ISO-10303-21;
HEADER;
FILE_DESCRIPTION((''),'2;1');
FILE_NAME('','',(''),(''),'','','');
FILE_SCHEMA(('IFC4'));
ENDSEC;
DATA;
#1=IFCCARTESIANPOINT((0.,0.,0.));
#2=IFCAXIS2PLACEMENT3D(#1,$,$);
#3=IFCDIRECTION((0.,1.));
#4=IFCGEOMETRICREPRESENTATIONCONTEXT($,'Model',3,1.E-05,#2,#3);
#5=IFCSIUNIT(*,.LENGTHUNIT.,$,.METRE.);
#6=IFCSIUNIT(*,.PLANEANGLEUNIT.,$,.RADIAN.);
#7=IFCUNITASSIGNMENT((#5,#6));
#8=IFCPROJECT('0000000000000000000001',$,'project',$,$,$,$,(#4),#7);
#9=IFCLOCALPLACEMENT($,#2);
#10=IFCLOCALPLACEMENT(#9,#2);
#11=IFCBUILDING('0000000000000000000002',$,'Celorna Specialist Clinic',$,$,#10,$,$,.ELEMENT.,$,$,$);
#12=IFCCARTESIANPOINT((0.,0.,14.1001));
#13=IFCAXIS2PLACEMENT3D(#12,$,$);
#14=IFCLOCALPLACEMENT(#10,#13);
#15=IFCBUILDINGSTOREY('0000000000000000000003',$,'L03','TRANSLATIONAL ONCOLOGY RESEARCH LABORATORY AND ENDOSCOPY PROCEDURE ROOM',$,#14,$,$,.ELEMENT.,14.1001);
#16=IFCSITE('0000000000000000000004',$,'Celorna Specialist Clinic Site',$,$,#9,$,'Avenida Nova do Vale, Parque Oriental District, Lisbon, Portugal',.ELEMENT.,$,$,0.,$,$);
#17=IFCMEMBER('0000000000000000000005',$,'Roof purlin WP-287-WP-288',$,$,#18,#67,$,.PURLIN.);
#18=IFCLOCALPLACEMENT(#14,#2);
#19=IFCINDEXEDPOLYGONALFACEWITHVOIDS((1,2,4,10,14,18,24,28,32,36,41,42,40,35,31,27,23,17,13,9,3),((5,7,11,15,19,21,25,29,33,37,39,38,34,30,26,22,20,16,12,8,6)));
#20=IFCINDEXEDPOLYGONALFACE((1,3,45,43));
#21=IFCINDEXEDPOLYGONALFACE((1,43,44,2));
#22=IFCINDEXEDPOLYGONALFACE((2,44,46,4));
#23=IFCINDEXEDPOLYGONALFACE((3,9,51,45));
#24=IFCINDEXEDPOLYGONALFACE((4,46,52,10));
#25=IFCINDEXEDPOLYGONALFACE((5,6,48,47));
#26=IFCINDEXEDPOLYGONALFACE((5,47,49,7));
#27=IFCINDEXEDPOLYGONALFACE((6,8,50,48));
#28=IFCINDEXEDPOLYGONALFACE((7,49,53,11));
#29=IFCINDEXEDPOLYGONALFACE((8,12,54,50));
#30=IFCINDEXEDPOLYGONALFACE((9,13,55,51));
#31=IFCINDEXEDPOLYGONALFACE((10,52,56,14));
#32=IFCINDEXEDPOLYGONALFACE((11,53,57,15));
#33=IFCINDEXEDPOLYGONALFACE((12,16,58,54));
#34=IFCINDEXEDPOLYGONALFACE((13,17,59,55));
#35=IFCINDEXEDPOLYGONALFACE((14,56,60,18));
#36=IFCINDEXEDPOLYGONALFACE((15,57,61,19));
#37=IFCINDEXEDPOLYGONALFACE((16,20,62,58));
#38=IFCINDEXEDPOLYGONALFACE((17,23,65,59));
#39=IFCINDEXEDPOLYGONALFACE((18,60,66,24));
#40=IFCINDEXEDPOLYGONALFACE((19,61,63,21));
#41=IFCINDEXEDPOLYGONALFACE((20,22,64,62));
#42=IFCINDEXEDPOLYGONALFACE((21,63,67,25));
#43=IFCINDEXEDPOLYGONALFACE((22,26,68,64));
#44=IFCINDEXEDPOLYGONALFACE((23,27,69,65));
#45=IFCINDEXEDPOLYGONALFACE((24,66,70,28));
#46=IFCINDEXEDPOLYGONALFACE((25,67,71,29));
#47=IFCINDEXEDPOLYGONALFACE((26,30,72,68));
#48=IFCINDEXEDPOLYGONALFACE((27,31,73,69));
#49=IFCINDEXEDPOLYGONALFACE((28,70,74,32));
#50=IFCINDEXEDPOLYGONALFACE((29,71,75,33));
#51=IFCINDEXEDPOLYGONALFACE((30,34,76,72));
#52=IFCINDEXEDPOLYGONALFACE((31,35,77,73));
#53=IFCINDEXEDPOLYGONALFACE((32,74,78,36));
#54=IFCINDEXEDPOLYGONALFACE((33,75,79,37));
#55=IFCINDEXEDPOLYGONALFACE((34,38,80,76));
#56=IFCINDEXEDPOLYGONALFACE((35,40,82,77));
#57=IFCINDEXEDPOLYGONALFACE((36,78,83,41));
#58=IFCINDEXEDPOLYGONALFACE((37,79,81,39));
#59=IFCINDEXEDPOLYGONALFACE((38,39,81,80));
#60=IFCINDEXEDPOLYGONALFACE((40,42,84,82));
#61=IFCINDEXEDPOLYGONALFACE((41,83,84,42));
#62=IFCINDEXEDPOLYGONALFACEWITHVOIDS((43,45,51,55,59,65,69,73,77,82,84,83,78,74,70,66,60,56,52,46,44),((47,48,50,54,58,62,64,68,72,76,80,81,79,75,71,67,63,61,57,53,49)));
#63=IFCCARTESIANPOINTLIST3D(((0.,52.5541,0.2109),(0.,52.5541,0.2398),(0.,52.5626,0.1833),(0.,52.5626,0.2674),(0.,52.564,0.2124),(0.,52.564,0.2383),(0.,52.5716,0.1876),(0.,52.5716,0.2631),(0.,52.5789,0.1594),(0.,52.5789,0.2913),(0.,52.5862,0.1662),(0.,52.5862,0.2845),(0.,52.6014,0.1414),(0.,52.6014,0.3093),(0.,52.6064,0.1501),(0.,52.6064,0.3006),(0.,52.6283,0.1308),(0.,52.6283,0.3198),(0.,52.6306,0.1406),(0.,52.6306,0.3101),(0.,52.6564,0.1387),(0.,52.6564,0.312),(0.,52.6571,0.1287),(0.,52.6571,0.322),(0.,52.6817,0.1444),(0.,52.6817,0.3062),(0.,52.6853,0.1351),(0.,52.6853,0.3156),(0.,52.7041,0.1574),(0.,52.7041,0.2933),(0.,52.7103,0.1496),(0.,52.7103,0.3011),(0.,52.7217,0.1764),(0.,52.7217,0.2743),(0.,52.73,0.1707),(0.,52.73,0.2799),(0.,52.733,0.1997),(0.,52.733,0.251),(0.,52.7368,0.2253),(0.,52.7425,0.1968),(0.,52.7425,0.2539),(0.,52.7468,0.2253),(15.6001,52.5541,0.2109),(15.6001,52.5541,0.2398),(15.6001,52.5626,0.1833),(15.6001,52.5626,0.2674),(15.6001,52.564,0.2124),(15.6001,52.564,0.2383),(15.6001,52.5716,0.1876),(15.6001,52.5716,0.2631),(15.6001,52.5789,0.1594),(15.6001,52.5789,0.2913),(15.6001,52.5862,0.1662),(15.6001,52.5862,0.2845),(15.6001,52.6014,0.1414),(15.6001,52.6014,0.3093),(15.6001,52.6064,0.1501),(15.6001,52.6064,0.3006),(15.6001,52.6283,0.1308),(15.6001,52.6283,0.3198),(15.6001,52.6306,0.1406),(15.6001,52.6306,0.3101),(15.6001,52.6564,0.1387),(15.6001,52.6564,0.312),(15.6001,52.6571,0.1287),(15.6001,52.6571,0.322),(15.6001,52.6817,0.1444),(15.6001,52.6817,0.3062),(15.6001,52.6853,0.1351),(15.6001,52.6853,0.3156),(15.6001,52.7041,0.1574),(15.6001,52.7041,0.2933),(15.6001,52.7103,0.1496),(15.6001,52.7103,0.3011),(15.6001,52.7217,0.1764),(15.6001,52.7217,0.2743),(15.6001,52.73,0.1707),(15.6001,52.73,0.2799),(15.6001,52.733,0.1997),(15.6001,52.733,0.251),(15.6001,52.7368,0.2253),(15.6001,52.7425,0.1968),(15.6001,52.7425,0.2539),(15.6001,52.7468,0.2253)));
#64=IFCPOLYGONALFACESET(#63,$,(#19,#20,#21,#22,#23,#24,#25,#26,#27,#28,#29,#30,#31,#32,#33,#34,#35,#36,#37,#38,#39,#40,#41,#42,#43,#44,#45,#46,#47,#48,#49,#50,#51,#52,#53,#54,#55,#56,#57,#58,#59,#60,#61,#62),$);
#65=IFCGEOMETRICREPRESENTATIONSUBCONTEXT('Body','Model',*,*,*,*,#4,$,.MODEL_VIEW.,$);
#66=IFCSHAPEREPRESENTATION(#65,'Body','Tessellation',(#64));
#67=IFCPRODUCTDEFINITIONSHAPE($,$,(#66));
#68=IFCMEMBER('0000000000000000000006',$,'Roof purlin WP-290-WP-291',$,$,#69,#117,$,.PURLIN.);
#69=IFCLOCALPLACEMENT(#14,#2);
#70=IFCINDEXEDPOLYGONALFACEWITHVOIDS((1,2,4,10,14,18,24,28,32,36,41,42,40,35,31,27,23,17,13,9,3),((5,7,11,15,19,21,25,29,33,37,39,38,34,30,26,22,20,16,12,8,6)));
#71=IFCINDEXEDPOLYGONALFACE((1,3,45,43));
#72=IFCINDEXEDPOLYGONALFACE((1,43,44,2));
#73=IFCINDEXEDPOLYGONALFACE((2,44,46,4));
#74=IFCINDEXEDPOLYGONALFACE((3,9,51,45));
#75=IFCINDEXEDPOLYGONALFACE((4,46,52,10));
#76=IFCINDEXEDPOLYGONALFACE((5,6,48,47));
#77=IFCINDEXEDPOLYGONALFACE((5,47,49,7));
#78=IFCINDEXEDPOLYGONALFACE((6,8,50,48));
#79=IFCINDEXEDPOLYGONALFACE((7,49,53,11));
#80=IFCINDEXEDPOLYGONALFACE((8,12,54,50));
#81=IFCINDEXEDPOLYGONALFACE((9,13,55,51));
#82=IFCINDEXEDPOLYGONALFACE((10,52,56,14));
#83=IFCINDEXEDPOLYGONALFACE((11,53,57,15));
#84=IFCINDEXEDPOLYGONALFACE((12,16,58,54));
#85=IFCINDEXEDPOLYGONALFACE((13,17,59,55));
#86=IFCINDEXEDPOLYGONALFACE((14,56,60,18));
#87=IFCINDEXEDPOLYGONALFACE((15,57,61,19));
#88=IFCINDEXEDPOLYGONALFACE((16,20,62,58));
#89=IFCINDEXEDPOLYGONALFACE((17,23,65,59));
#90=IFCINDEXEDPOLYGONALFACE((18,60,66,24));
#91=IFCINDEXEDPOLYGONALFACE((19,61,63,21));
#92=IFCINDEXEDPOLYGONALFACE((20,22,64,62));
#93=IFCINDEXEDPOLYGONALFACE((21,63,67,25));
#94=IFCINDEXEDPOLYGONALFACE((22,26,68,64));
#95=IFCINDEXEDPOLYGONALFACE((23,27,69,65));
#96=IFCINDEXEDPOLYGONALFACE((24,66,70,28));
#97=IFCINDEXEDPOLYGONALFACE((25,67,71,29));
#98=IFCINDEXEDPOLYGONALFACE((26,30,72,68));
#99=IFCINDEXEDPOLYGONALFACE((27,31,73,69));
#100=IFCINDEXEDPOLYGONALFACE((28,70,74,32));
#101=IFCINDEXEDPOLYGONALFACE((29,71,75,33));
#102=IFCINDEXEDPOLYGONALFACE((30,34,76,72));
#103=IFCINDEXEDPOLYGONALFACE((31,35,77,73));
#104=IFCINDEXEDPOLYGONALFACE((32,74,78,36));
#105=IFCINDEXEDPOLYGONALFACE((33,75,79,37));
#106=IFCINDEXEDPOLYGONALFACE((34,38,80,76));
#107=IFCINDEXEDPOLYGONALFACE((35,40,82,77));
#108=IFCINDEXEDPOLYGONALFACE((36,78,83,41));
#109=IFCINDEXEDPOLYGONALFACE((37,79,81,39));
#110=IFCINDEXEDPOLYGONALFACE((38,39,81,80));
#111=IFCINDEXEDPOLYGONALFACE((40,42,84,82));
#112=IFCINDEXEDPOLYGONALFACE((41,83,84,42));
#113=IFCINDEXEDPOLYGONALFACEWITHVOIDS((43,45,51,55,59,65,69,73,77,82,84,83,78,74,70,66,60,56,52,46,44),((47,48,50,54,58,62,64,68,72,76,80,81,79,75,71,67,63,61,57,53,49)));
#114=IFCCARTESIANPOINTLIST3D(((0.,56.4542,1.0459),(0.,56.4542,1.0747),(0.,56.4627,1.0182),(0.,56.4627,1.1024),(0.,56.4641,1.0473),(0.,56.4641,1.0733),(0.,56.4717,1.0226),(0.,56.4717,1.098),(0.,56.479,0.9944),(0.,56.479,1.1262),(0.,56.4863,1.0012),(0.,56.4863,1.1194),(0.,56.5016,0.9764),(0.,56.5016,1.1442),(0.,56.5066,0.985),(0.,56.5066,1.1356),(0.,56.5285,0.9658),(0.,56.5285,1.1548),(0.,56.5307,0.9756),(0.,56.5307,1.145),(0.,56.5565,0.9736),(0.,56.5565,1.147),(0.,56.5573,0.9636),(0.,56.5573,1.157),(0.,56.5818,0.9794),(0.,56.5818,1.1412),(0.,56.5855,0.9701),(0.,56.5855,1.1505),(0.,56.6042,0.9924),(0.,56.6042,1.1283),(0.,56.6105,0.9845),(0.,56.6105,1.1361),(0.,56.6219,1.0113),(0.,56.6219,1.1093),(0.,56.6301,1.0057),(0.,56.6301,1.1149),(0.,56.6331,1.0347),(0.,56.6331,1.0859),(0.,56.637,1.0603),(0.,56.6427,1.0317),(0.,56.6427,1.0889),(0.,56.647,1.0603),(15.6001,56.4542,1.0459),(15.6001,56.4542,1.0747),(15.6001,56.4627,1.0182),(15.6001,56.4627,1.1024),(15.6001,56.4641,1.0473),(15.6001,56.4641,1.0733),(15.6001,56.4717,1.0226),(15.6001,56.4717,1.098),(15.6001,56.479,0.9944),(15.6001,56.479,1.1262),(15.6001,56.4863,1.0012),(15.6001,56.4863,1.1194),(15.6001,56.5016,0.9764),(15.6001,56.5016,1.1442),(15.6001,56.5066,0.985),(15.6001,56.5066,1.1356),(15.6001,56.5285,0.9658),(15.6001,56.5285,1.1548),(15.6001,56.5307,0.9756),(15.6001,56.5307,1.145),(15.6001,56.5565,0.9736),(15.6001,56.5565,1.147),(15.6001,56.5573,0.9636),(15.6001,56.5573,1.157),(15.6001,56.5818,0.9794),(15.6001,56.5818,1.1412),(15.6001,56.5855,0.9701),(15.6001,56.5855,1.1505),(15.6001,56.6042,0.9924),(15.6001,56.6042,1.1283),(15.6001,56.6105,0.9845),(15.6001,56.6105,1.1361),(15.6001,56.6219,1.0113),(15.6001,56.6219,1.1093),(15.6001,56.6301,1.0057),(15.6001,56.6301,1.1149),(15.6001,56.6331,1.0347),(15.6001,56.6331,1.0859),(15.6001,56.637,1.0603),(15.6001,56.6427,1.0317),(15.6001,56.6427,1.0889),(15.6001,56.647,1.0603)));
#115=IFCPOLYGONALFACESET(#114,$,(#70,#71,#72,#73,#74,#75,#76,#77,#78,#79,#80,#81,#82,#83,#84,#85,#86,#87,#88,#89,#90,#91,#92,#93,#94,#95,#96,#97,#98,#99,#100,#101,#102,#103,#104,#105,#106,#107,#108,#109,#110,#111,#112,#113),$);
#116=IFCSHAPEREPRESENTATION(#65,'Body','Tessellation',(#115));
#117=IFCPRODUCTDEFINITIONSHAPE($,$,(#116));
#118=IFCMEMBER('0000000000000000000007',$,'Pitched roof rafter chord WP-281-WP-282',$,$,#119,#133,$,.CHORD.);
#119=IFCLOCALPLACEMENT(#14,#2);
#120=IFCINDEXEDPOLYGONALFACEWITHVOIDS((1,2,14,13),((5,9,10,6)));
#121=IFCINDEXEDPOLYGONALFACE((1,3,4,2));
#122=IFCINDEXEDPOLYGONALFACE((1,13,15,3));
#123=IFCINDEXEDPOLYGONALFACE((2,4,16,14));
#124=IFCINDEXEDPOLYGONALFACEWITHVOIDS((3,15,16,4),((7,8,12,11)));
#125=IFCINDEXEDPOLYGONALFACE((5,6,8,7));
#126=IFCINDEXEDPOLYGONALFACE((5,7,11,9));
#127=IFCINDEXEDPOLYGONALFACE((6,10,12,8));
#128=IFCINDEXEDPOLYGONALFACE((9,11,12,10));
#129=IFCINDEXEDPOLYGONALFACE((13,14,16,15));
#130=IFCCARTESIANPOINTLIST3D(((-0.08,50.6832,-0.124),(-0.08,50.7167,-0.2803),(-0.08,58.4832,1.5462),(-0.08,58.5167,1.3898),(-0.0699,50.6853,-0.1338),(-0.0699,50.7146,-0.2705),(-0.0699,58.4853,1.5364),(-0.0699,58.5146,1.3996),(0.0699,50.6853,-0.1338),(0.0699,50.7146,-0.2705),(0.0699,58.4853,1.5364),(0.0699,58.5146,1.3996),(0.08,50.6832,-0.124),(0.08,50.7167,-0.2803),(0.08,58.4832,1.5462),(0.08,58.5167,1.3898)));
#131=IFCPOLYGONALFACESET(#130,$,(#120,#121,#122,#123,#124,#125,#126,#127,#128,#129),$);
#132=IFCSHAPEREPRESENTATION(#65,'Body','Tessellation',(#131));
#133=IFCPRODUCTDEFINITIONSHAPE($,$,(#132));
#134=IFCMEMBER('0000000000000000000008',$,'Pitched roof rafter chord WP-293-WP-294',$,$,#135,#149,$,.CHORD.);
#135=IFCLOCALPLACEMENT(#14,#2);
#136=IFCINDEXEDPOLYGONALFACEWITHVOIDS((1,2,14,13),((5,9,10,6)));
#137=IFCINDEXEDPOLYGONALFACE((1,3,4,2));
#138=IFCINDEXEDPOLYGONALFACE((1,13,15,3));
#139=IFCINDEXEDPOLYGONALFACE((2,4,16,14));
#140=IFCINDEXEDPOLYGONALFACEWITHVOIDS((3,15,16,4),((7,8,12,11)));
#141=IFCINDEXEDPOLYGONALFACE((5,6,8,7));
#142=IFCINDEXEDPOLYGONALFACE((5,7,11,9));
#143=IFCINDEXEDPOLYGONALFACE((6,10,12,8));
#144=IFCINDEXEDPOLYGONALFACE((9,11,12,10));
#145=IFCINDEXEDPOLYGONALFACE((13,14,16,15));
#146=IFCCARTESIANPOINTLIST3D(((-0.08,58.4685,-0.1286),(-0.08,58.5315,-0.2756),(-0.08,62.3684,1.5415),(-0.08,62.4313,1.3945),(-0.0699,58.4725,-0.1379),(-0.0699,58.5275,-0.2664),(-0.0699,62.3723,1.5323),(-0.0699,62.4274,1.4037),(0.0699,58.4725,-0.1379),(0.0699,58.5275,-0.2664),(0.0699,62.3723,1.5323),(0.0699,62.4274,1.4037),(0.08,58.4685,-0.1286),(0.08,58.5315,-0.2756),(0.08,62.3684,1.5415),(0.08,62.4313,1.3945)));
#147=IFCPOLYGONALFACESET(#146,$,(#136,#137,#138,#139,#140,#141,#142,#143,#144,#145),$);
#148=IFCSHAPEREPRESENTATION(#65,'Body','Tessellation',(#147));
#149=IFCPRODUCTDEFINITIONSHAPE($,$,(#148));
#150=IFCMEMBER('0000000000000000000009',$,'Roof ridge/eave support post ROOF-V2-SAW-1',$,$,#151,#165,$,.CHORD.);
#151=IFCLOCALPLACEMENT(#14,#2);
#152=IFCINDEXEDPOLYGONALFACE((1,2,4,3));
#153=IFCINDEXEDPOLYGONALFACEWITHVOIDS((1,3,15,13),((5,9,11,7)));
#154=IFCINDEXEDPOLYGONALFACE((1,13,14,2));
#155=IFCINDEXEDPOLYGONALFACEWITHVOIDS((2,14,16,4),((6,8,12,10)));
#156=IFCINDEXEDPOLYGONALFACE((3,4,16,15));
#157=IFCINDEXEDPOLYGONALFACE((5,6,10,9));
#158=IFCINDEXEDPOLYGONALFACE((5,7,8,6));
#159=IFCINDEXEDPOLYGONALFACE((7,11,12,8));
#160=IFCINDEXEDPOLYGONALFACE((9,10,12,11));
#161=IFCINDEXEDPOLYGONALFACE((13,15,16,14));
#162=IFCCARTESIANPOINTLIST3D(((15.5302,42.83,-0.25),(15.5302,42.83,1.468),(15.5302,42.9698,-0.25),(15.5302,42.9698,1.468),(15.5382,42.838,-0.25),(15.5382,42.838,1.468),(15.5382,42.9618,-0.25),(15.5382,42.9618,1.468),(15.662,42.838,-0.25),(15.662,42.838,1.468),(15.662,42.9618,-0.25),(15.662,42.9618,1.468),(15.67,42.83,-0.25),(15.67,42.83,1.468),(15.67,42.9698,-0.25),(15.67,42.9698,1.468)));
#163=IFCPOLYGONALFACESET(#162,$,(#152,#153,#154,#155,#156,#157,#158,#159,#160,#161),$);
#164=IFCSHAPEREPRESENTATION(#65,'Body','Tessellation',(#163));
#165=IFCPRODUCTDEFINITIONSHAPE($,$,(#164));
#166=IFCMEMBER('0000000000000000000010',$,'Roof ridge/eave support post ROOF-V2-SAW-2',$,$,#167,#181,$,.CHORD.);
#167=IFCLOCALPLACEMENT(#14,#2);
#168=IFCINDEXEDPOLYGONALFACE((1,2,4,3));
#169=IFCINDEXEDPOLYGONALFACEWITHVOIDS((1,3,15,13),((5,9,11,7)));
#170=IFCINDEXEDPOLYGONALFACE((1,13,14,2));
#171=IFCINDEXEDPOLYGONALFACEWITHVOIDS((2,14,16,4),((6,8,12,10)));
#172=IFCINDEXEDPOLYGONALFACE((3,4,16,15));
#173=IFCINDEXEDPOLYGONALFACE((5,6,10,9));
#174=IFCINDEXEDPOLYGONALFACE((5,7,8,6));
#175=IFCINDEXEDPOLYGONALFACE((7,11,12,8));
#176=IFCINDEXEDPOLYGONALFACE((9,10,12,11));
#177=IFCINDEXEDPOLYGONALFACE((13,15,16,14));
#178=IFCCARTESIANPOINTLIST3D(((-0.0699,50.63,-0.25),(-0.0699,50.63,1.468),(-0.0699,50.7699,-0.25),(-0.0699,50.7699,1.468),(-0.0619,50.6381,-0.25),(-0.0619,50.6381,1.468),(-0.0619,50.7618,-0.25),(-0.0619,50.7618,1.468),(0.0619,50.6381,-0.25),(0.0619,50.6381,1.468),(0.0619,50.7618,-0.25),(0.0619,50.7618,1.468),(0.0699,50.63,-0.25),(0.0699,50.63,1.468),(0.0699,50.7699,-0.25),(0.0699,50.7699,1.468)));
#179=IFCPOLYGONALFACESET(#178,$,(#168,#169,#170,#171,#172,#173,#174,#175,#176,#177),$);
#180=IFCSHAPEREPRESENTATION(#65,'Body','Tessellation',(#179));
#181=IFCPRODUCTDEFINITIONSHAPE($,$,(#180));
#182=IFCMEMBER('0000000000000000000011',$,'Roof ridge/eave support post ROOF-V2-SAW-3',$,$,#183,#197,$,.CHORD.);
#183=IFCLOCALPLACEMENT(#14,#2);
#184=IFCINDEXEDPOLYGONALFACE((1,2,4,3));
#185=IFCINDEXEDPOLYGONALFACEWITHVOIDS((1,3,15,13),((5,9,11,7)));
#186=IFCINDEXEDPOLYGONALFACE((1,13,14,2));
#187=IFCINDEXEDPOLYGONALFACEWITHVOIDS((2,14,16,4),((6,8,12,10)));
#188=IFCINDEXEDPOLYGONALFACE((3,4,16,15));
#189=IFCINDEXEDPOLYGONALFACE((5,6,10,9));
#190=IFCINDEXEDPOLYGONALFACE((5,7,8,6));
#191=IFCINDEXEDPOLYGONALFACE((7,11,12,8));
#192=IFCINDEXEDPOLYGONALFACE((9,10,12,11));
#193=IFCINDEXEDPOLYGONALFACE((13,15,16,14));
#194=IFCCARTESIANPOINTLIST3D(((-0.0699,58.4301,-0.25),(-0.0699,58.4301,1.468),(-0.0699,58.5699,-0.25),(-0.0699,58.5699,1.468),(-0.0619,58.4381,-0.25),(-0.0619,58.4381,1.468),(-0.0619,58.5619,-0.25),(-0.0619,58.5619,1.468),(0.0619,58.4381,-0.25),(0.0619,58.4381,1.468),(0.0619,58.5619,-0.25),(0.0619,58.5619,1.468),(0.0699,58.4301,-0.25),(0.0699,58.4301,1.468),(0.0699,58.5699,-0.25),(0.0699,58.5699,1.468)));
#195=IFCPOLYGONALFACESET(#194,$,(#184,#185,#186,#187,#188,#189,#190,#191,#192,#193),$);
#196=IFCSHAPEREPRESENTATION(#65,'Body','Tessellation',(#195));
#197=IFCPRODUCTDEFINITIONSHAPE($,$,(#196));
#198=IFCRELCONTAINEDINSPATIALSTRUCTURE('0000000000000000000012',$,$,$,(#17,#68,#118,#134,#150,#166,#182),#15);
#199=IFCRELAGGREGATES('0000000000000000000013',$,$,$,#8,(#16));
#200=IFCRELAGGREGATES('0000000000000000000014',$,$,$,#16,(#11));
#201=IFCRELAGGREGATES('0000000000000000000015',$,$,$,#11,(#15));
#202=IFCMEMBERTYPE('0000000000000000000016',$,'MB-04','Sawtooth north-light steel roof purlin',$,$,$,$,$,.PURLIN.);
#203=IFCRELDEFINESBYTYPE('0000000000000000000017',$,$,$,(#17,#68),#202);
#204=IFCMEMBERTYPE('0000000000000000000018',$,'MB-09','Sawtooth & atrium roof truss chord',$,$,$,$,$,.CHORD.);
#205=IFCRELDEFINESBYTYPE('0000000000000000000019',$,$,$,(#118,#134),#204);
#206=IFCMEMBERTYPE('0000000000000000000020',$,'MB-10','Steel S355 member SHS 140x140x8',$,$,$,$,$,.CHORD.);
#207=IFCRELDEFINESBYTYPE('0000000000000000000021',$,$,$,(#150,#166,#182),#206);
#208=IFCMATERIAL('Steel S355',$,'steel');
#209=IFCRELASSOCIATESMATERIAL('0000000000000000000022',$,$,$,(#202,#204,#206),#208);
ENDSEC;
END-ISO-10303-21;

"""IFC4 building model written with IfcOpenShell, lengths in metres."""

from ifc_helpers import new_model, si_unit, direction, frame, origin, origin_2d, place, context, subcontext, project, spatial, hollow_rectangle, hollow_circle, extrude, material, material_profile, profile_set, type_object, element, save


model = new_model("IFC4")

# Units and contexts
model_context = context("Model", 3, precision=1e-05, world=origin(), true_north=direction((0.0, 1.0)))
body_context = subcontext(model_context, "Body", "Model", "MODEL_VIEW")
ifc_project = project(units=[si_unit("LENGTHUNIT", "METRE"), si_unit("PLANEANGLEUNIT", "RADIAN")], contexts=[model_context])

# Site, building, storey
site_placement = place(None, origin())
site = spatial("IfcSite", under=ifc_project, at=site_placement, Name="Celorna Specialist Clinic Site", LongName="Avenida Nova do Vale, Parque Oriental District, Lisbon, Portugal", CompositionType="ELEMENT", RefElevation=0.0)
building_placement = place(site_placement, origin())
building = spatial("IfcBuilding", under=site, at=building_placement, Name="Celorna Specialist Clinic", CompositionType="ELEMENT")
storey_placement = place(building_placement, frame((0.0, 0.0, 14.1001)))
storey = spatial("IfcBuildingStorey", under=building, at=storey_placement, Name="L03", Description="TRANSLATIONAL ONCOLOGY RESEARCH LABORATORY AND ENDOSCOPY PROCEDURE ROOM", CompositionType="ELEMENT", Elevation=14.1001)

# Shared definitions
ifc_material_1 = material(Name="Steel S355", Category="steel")

# Members
ifc_material_profile_1 = material_profile(ifc_material_1, hollow_circle(Radius=0.0969, WallThickness=0.01, at=origin_2d()), Name="CHS 193.7x10")
ifc_profile_set_1 = profile_set([ifc_material_profile_1], Name="Steel S355")
member_type_1 = type_object("IfcMemberType", Name="MB-04", Description="Sawtooth north-light steel roof purlin", PredefinedType="PURLIN", material=ifc_profile_set_1)
for number, where, z_axis, x_axis, name in (
    (1, (0.0, 52.6499, 0.2253), (1.0, 0.0, 0.0), (0.0, 1.0, 0.0), "Roof purlin WP-287-WP-288"),
    (2, (0.0, 56.55, 1.0603), (1.0, 0.0, 0.0), (0.0, 1.0, 0.0), "Roof purlin WP-290-WP-291"),
):
    element("IfcMember", number, at=place(storey_placement, frame(where, z_axis=z_axis, x_axis=x_axis)), inside=storey, type_object=member_type_1, Name=name, PredefinedType="PURLIN", context=body_context, shape_type="SweptSolid", body=[
        extrude(hollow_circle(Radius=0.0969, WallThickness=0.01, at=origin_2d()), origin(), (0.0, 0.0, 1.0), 15.6001),
    ])
ifc_material_profile_2 = material_profile(ifc_material_1, hollow_rectangle(XDim=0.1599, YDim=0.1599, WallThickness=0.01, at=origin_2d()), Name="SHS 160x160x10")
ifc_profile_set_2 = profile_set([ifc_material_profile_2], Name="Steel S355")
member_type_2 = type_object("IfcMemberType", Name="MB-09", Description="Sawtooth & atrium roof truss chord", PredefinedType="CHORD", material=ifc_profile_set_2)
member_1_placement = place(storey_placement, frame((0.0, 50.7, -0.2021), z_axis=(0.0, 0.977835, 0.209377), x_axis=(-1.0, 0.0, 0.0)))
element("IfcMember", 3, at=member_1_placement, inside=storey, type_object=member_type_2, Name="Pitched roof rafter chord WP-281-WP-282", PredefinedType="CHORD", context=body_context, shape_type="SweptSolid", body=[
    extrude(hollow_rectangle(XDim=0.1599, YDim=0.1599, WallThickness=0.01, at=origin_2d()), origin(), (0.0, 0.0, 1.0), 7.9768),
])
member_2_placement = place(storey_placement, frame((0.0, 58.5, -0.2021), z_axis=(0.0, 0.919249, 0.393676), x_axis=(-1.0, 0.0, 0.0)))
element("IfcMember", 4, at=member_2_placement, inside=storey, type_object=member_type_2, Name="Pitched roof rafter chord WP-293-WP-294", PredefinedType="CHORD", context=body_context, shape_type="SweptSolid", body=[
    extrude(hollow_rectangle(XDim=0.1599, YDim=0.1599, WallThickness=0.01, at=origin_2d()), origin(), (0.0, 0.0, 1.0), 4.2424),
])
ifc_material_profile_3 = material_profile(ifc_material_1, hollow_rectangle(XDim=0.1399, YDim=0.1399, WallThickness=0.0081, at=origin_2d()), Name="SHS 140x140x8")
ifc_profile_set_3 = profile_set([ifc_material_profile_3], Name="Steel S355")
member_type_3 = type_object("IfcMemberType", Name="MB-10", Description="Steel S355 member SHS 140x140x8", PredefinedType="CHORD", material=ifc_profile_set_3)
for number, where, z_axis, x_axis, name in (
    (5, (15.6001, 42.8999, -0.25), (0.0, 0.0, 1.0), (1.0, 0.0, 0.0), "Roof ridge/eave support post ROOF-V2-SAW-1"),
    (6, (0.0, 50.7, -0.25), (0.0, 0.0, 1.0), (1.0, 0.0, 0.0), "Roof ridge/eave support post ROOF-V2-SAW-2"),
    (7, (0.0, 58.5, -0.25), (0.0, 0.0, 1.0), (1.0, 0.0, 0.0), "Roof ridge/eave support post ROOF-V2-SAW-3"),
):
    element("IfcMember", number, at=place(storey_placement, frame(where, z_axis=z_axis, x_axis=x_axis)), inside=storey, type_object=member_type_3, Name=name, PredefinedType="CHORD", context=body_context, shape_type="SweptSolid", body=[
        extrude(hollow_rectangle(XDim=0.1399, YDim=0.1399, WallThickness=0.0081, at=origin_2d()), origin(), (0.0, 0.0, 1.0), 1.718),
    ])

save(model, "model.ifc")
